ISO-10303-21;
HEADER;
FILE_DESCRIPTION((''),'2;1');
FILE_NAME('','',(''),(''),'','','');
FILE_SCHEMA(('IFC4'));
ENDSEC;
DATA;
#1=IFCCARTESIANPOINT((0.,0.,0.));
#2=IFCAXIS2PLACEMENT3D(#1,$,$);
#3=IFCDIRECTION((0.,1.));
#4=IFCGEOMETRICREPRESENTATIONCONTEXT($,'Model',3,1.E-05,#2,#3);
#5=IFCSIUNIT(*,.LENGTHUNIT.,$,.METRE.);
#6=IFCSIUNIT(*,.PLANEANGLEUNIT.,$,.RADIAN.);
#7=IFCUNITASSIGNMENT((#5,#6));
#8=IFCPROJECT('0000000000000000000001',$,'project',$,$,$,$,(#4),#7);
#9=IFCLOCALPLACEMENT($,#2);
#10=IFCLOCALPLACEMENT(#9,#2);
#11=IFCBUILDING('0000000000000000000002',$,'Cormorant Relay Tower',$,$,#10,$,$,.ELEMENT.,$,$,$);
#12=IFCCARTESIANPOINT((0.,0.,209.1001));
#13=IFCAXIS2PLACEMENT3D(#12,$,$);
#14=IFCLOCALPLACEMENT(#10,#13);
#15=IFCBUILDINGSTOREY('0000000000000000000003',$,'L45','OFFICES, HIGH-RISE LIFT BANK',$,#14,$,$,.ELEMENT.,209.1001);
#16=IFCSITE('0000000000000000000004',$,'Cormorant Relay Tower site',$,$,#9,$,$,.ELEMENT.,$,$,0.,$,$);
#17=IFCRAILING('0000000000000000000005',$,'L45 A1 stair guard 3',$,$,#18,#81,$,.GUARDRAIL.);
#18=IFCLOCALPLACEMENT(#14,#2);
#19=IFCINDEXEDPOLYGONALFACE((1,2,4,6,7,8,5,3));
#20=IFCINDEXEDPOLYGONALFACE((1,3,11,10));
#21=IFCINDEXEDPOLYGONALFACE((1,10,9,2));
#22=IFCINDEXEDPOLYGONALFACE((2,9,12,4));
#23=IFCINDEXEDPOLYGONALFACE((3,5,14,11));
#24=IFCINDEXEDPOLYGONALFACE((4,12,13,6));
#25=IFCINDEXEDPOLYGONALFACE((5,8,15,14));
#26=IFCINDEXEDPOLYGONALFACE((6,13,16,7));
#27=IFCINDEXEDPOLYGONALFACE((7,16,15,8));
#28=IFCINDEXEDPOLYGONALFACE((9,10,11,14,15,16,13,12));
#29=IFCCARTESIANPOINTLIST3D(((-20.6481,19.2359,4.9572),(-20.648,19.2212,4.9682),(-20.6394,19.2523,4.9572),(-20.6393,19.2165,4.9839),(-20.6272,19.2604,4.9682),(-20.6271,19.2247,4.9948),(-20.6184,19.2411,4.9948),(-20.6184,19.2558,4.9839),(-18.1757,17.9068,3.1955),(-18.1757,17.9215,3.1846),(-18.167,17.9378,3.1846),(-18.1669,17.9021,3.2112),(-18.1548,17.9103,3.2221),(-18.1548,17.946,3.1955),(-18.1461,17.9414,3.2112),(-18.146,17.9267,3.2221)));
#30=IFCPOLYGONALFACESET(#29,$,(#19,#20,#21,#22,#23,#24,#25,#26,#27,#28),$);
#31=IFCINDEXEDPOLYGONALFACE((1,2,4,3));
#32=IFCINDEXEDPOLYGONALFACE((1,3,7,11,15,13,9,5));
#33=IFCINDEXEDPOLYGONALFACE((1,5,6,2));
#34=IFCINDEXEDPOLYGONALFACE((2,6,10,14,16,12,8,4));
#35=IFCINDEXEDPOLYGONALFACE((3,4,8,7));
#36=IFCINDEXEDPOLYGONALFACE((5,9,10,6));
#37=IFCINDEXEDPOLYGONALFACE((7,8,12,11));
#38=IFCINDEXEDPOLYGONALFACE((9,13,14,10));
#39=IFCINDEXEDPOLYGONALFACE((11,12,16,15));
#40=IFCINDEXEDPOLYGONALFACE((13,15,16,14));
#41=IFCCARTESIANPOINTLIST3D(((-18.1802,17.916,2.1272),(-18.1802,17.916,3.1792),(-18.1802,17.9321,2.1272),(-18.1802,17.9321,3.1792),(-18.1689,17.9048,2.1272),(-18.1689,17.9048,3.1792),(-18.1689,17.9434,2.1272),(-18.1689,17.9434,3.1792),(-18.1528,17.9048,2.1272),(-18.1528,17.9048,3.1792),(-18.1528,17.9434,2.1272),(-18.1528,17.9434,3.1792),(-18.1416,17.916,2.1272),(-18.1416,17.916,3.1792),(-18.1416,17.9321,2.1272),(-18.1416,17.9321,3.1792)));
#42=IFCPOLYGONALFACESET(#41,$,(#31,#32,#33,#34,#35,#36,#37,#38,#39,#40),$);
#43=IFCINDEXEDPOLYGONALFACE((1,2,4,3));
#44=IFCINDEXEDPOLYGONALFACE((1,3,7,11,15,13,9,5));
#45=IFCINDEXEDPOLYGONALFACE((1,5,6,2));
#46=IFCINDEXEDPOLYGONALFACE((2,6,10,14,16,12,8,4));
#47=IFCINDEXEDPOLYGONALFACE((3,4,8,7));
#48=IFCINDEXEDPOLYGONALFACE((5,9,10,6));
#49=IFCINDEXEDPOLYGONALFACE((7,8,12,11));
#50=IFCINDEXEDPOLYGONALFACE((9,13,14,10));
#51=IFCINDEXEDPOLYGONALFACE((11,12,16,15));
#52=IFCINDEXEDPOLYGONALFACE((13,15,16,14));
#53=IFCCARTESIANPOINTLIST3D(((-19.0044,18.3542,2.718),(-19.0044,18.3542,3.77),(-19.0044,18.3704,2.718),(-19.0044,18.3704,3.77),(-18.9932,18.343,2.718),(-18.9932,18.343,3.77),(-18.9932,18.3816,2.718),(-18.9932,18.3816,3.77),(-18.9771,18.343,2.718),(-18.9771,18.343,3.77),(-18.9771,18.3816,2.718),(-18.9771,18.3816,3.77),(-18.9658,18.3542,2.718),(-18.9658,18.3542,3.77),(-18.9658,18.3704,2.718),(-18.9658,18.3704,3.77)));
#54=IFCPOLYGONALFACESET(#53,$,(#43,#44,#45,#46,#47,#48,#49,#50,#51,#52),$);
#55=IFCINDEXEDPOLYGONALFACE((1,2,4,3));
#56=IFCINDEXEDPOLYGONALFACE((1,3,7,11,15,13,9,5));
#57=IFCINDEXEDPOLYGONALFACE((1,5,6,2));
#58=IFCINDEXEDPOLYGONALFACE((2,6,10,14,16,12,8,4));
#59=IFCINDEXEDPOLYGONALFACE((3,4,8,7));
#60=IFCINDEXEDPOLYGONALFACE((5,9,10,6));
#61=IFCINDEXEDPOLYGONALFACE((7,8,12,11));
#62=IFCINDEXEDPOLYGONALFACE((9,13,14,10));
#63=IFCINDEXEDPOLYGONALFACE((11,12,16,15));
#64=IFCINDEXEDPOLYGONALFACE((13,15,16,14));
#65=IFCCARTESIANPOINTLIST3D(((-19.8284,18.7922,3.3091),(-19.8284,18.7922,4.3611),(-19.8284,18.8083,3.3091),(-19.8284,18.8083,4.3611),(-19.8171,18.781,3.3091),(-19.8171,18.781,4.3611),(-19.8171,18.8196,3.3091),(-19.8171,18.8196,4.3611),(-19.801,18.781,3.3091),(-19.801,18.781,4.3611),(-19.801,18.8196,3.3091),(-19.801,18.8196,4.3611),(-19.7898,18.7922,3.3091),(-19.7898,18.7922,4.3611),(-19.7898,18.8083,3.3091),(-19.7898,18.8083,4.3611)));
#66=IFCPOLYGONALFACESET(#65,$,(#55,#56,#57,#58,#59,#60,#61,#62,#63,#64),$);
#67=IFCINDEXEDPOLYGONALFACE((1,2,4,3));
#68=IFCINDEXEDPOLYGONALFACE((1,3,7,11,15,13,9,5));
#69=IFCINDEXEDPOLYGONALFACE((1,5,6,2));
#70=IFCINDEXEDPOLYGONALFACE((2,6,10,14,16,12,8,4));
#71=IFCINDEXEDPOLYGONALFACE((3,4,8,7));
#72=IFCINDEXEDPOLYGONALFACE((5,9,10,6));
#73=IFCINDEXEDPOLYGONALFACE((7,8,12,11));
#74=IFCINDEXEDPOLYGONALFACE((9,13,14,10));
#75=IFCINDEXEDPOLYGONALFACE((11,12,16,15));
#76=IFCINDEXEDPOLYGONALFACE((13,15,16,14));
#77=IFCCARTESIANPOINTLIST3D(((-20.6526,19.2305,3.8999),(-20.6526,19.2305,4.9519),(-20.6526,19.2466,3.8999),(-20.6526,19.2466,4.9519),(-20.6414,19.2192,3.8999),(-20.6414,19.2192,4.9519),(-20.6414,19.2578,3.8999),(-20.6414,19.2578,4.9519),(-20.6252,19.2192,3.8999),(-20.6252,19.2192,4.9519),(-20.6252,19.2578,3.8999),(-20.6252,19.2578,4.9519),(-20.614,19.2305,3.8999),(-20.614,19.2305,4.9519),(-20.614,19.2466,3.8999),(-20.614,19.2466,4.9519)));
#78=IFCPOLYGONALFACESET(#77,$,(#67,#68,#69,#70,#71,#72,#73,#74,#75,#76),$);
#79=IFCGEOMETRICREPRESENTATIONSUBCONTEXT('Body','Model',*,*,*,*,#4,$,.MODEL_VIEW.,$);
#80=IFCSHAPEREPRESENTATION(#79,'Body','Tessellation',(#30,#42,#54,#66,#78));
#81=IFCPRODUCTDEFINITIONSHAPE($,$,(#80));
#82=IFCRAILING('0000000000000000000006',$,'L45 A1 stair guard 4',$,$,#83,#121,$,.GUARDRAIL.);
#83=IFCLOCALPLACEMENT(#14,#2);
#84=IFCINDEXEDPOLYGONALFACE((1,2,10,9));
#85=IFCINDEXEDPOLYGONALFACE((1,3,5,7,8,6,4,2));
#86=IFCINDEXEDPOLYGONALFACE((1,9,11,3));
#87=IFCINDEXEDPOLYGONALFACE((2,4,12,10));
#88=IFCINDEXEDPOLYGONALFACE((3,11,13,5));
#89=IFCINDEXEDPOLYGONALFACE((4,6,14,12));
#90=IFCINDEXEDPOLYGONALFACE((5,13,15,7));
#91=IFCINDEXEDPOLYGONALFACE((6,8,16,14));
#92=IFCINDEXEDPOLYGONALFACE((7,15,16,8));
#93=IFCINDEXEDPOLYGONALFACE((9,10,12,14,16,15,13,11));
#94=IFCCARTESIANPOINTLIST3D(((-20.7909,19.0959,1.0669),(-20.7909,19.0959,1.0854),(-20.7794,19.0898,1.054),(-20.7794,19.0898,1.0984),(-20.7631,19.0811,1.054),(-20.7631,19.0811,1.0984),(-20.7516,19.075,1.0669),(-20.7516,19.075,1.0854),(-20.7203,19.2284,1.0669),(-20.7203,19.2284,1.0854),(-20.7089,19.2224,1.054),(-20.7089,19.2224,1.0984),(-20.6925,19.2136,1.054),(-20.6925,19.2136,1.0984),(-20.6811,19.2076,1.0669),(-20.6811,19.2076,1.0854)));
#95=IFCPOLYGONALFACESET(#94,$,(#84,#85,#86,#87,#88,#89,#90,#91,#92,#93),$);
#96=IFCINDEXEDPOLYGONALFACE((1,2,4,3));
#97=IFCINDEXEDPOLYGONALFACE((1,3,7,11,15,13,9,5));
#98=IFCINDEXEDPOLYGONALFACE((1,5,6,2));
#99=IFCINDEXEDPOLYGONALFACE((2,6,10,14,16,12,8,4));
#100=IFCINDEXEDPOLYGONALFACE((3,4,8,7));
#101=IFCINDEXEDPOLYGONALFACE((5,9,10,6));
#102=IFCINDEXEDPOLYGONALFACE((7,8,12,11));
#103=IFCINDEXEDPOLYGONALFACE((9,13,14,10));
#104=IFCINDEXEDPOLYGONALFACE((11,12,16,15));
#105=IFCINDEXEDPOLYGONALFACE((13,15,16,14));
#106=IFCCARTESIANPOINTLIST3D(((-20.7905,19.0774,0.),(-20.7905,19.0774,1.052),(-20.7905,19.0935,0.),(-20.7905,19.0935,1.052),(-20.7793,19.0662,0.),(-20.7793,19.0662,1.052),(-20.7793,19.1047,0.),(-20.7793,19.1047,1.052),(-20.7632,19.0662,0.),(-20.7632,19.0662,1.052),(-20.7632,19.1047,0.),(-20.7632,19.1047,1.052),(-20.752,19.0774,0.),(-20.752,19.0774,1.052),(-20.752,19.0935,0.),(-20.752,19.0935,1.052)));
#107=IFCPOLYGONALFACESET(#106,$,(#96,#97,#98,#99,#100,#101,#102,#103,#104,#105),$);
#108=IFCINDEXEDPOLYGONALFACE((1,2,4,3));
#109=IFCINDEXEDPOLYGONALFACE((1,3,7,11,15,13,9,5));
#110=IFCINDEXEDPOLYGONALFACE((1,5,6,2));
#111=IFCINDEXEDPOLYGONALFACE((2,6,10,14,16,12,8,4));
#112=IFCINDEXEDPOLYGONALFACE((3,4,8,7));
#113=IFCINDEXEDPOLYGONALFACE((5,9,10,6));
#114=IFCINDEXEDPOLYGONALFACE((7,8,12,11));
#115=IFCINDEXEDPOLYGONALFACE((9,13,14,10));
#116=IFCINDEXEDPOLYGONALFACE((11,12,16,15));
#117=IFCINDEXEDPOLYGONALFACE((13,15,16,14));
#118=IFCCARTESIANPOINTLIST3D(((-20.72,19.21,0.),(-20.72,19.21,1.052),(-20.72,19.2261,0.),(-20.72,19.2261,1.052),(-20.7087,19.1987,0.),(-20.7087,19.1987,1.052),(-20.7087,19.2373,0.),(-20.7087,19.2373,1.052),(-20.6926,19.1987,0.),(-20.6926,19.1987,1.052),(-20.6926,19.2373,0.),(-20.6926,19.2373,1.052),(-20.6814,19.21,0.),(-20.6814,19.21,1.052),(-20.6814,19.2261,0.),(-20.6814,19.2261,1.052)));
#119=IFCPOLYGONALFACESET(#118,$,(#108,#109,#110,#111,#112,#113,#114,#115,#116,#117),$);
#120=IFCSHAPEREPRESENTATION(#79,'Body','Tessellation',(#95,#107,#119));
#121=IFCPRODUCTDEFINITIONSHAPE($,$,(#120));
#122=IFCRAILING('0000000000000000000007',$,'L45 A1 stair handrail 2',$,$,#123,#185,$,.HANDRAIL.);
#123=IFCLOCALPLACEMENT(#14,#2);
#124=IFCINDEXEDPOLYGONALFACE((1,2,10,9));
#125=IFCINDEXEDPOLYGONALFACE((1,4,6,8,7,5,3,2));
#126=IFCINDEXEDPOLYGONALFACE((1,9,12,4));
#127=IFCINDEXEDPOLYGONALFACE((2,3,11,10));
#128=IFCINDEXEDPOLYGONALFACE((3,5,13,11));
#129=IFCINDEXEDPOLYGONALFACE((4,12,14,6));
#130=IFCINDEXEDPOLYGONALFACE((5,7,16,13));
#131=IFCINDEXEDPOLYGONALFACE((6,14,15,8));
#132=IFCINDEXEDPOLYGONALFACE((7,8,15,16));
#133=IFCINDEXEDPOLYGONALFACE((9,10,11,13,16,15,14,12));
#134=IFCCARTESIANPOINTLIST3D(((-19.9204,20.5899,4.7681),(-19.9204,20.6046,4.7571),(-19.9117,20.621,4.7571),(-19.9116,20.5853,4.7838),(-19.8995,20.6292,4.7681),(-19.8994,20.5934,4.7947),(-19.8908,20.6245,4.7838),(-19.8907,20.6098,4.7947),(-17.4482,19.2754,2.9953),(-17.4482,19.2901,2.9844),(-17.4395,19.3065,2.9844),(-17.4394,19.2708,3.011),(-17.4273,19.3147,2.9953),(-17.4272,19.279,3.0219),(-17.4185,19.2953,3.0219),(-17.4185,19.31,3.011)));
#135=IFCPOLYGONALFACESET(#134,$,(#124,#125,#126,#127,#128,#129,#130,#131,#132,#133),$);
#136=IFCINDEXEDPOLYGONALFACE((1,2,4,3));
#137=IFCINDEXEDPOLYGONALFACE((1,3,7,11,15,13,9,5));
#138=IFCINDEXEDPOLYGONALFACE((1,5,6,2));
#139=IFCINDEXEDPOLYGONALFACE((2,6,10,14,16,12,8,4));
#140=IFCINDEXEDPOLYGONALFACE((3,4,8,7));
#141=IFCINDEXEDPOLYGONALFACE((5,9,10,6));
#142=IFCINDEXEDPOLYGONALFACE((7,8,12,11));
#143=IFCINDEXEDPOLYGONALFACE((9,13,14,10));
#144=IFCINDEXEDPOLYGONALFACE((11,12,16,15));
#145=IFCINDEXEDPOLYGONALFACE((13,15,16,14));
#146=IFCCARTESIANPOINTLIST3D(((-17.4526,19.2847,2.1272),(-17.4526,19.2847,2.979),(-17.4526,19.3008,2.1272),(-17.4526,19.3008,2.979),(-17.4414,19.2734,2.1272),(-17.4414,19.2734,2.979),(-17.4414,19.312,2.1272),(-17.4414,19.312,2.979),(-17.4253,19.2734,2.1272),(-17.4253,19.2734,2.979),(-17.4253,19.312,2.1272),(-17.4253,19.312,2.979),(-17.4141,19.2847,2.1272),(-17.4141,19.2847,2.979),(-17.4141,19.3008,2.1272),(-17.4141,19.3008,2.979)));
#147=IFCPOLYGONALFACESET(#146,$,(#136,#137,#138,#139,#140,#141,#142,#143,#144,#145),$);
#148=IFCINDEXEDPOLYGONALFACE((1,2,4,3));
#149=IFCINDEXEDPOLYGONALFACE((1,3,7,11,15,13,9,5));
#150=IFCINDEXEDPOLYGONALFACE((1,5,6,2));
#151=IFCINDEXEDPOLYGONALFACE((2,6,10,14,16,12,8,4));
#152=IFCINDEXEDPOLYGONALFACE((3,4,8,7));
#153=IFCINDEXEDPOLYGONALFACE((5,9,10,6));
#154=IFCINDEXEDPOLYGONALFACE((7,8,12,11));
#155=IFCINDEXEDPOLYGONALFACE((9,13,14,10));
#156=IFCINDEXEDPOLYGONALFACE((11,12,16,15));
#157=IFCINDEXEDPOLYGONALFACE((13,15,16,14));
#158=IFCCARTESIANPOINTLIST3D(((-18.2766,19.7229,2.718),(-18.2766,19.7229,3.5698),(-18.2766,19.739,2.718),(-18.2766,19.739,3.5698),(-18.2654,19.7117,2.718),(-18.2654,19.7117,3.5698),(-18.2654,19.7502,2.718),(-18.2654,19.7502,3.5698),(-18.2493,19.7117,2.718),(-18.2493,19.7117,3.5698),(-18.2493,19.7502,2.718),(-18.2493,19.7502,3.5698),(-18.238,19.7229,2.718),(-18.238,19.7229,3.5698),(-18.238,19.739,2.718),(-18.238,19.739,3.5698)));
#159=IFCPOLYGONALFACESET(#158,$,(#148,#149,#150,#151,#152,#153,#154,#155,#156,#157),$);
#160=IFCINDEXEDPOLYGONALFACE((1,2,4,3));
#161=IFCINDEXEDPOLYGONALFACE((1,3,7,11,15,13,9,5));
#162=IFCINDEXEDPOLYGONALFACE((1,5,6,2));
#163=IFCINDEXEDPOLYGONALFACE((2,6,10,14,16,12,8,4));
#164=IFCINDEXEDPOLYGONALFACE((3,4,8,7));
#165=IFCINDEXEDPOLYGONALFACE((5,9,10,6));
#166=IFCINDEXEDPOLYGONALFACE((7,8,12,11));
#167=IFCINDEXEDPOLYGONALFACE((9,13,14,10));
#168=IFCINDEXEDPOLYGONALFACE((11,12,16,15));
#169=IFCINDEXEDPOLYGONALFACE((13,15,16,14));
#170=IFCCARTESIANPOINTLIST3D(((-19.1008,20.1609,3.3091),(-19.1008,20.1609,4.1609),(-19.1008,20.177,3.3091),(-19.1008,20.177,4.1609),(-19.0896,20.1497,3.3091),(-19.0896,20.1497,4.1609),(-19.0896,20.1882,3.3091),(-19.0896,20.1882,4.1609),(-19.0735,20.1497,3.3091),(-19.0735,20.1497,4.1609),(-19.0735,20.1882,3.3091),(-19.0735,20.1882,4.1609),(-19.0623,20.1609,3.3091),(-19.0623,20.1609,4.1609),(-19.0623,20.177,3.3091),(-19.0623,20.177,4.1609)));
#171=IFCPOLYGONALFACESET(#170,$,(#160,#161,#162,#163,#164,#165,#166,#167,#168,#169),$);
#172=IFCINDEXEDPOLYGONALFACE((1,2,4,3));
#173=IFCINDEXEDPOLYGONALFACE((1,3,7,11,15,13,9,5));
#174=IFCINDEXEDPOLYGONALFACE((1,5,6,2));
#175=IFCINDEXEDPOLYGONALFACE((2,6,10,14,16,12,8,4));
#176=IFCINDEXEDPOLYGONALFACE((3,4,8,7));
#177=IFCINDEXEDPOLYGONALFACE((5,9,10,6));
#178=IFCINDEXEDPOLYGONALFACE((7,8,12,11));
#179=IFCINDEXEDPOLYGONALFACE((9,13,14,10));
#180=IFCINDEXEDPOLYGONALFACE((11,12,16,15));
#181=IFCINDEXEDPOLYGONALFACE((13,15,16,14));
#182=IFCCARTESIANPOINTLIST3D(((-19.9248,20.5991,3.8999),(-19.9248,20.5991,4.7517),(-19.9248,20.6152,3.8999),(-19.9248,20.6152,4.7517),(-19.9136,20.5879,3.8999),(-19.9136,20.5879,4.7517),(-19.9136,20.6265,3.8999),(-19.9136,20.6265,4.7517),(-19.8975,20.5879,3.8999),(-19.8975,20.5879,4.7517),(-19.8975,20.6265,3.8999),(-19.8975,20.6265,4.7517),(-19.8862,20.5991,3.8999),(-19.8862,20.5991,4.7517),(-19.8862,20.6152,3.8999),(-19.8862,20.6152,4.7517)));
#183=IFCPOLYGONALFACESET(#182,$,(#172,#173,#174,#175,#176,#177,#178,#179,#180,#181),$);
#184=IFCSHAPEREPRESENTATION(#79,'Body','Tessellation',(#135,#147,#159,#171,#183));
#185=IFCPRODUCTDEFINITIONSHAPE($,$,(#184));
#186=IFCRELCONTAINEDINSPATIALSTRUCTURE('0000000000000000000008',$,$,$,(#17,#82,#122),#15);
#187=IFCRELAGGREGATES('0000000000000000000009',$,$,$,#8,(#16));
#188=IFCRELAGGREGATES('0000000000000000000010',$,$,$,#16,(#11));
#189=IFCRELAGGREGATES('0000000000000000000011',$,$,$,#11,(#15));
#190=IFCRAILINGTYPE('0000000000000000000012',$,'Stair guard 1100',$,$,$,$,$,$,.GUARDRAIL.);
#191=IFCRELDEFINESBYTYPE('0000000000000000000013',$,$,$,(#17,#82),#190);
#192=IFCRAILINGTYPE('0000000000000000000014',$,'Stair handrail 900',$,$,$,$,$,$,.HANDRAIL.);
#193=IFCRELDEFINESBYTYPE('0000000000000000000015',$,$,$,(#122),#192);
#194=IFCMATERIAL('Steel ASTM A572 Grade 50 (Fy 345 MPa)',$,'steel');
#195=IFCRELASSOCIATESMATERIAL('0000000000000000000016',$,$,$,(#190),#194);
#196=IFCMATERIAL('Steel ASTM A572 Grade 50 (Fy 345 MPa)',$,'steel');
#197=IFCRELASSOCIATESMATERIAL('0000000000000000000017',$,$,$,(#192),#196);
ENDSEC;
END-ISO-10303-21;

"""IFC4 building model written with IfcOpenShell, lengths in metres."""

from ifc_helpers import new_model, si_unit, direction, frame, origin, place, context, subcontext, project, spatial, polyline, outline, extrude, material, type_object, element, save


model = new_model("IFC4")

# Units and contexts
model_context = context("Model", 3, precision=1e-05, world=origin(), true_north=direction((0.0, 1.0)))
body_context = subcontext(model_context, "Body", "Model", "MODEL_VIEW")
ifc_project = project(units=[si_unit("LENGTHUNIT", "METRE"), si_unit("PLANEANGLEUNIT", "RADIAN")], contexts=[model_context])

# Site, building, storey
site_placement = place(None, origin())
site = spatial("IfcSite", under=ifc_project, at=site_placement, Name="Cormorant Relay Tower site", CompositionType="ELEMENT", RefElevation=0.0)
building_placement = place(site_placement, origin())
building = spatial("IfcBuilding", under=site, at=building_placement, Name="Cormorant Relay Tower", CompositionType="ELEMENT")
storey_placement = place(building_placement, frame((0.0, 0.0, 209.1001)))
storey = spatial("IfcBuildingStorey", under=building, at=storey_placement, Name="L45", Description="OFFICES, HIGH-RISE LIFT BANK", CompositionType="ELEMENT", Elevation=209.1001)

# Railings
ifc_material_1 = material(Name="Steel ASTM A572 Grade 50 (Fy 345 MPa)", Category="steel")
railing_type_1 = type_object("IfcRailingType", Name="Stair guard 1100", PredefinedType="GUARDRAIL", material=ifc_material_1)
railing_1_placement = place(storey_placement, frame((-18.1609, 17.9241, 2.1272)))
element("IfcRailing", 1, at=railing_1_placement, inside=storey, type_object=railing_type_1, Name="L45 A1 stair guard 3", PredefinedType="GUARDRAIL", context=body_context, shape_type="SweptSolid", body=[
    extrude(outline(polyline([(0.0222, 0.0093), (0.0093, 0.0222), (-0.0093, 0.0222), (-0.0222, 0.0093), (-0.0222, -0.0093), (-0.0093, -0.0222), (0.0093, -0.0222), (0.0222, -0.0093), (0.0222, 0.0093)])), frame((0.0, 0.0, 1.0762), z_axis=(-0.746034, 0.396627, 0.534902), x_axis=(-0.469429, -0.88297, 0.0)), (0.0, 0.0, 1.0), 3.314),
    extrude(outline(polyline([(0.0193, 0.0081), (0.0081, 0.0193), (-0.0081, 0.0193), (-0.0193, 0.0081), (-0.0193, -0.0081), (-0.0081, -0.0193), (0.0081, -0.0193), (0.0193, -0.0081), (0.0193, 0.0081)])), origin(), (0.0, 0.0, 1.0), 1.052),
    extrude(outline(polyline([(0.0193, 0.0081), (0.0081, 0.0193), (-0.0081, 0.0193), (-0.0193, 0.0081), (-0.0193, -0.0081), (-0.0081, -0.0193), (0.0081, -0.0193), (0.0193, -0.0081), (0.0193, 0.0081)])), frame((-0.8242, 0.4382, 0.5908)), (0.0, 0.0, 1.0), 1.052),
    extrude(outline(polyline([(0.0193, 0.0081), (0.0081, 0.0193), (-0.0081, 0.0193), (-0.0193, 0.0081), (-0.0193, -0.0081), (-0.0081, -0.0193), (0.0081, -0.0193), (0.0193, -0.0081), (0.0193, 0.0081)])), frame((-1.6482, 0.8762, 1.1819)), (0.0, 0.0, 1.0), 1.052),
    extrude(outline(polyline([(0.0193, 0.0081), (0.0081, 0.0193), (-0.0081, 0.0193), (-0.0193, 0.0081), (-0.0193, -0.0081), (-0.0081, -0.0193), (0.0081, -0.0193), (0.0193, -0.0081), (0.0193, 0.0081)])), frame((-2.4724, 1.3145, 1.7727)), (0.0, 0.0, 1.0), 1.052),
])
railing_2_placement = place(storey_placement, frame((-20.7712, 19.0854, 0.0)))
element("IfcRailing", 2, at=railing_2_placement, inside=storey, type_object=railing_type_1, Name="L45 A1 stair guard 4", PredefinedType="GUARDRAIL", context=body_context, shape_type="SweptSolid", body=[
    extrude(outline(polyline([(0.0222, 0.0093), (0.0093, 0.0222), (-0.0093, 0.0222), (-0.0222, 0.0093), (-0.0222, -0.0093), (-0.0093, -0.0222), (0.0093, -0.0222), (0.0222, -0.0093), (0.0222, 0.0093)])), frame((0.0, 0.0, 1.0762), z_axis=(0.469829, 0.882758, 0.0), x_axis=(-0.882758, 0.469829, 0.0)), (0.0, 0.0, 1.0), 0.1501),
    extrude(outline(polyline([(0.0193, 0.0081), (0.0081, 0.0193), (-0.0081, 0.0193), (-0.0193, 0.0081), (-0.0193, -0.0081), (-0.0081, -0.0193), (0.0081, -0.0193), (0.0193, -0.0081), (0.0193, 0.0081)])), origin(), (0.0, 0.0, 1.0), 1.052),
    extrude(outline(polyline([(0.0193, 0.0081), (0.0081, 0.0193), (-0.0081, 0.0193), (-0.0193, 0.0081), (-0.0193, -0.0081), (-0.0081, -0.0193), (0.0081, -0.0193), (0.0193, -0.0081), (0.0193, 0.0081)])), frame((0.0706, 0.1326, 0.0)), (0.0, 0.0, 1.0), 1.052),
])
ifc_material_2 = material(Name="Steel ASTM A572 Grade 50 (Fy 345 MPa)", Category="steel")
railing_type_2 = type_object("IfcRailingType", Name="Stair handrail 900", PredefinedType="HANDRAIL", material=ifc_material_2)
railing_3_placement = place(storey_placement, frame((-17.4333, 19.2927, 2.1272)))
element("IfcRailing", 3, at=railing_3_placement, inside=storey, type_object=railing_type_2, Name="L45 A1 stair handrail 2", PredefinedType="HANDRAIL", context=body_context, shape_type="SweptSolid", body=[
    extrude(outline(polyline([(0.0222, 0.0093), (0.0093, 0.0222), (-0.0093, 0.0222), (-0.0222, 0.0093), (-0.0222, -0.0093), (-0.0093, -0.0222), (0.0093, -0.0222), (0.0222, -0.0093), (0.0222, 0.0093)])), frame((0.0, 0.0, 0.876), z_axis=(-0.746001, 0.396649, 0.534931), x_axis=(-0.469465, -0.882951, 0.0)), (0.0, 0.0, 1.0), 3.314),
    extrude(outline(polyline([(0.0193, 0.0081), (0.0081, 0.0193), (-0.0081, 0.0193), (-0.0193, 0.0081), (-0.0193, -0.0081), (-0.0081, -0.0193), (0.0081, -0.0193), (0.0193, -0.0081), (0.0193, 0.0081)])), origin(), (0.0, 0.0, 1.0), 0.8518),
    extrude(outline(polyline([(0.0193, 0.0081), (0.0081, 0.0193), (-0.0081, 0.0193), (-0.0193, 0.0081), (-0.0193, -0.0081), (-0.0081, -0.0193), (0.0081, -0.0193), (0.0193, -0.0081), (0.0193, 0.0081)])), frame((-0.824, 0.4382, 0.5908)), (0.0, 0.0, 1.0), 0.8518),
    extrude(outline(polyline([(0.0193, 0.0081), (0.0081, 0.0193), (-0.0081, 0.0193), (-0.0193, 0.0081), (-0.0193, -0.0081), (-0.0081, -0.0193), (0.0081, -0.0193), (0.0193, -0.0081), (0.0193, 0.0081)])), frame((-1.6482, 0.8762, 1.1819)), (0.0, 0.0, 1.0), 0.8518),
    extrude(outline(polyline([(0.0193, 0.0081), (0.0081, 0.0193), (-0.0081, 0.0193), (-0.0193, 0.0081), (-0.0193, -0.0081), (-0.0081, -0.0193), (0.0081, -0.0193), (0.0193, -0.0081), (0.0193, 0.0081)])), frame((-2.4722, 1.3145, 1.7727)), (0.0, 0.0, 1.0), 0.8518),
])

save(model, "model.ifc")
